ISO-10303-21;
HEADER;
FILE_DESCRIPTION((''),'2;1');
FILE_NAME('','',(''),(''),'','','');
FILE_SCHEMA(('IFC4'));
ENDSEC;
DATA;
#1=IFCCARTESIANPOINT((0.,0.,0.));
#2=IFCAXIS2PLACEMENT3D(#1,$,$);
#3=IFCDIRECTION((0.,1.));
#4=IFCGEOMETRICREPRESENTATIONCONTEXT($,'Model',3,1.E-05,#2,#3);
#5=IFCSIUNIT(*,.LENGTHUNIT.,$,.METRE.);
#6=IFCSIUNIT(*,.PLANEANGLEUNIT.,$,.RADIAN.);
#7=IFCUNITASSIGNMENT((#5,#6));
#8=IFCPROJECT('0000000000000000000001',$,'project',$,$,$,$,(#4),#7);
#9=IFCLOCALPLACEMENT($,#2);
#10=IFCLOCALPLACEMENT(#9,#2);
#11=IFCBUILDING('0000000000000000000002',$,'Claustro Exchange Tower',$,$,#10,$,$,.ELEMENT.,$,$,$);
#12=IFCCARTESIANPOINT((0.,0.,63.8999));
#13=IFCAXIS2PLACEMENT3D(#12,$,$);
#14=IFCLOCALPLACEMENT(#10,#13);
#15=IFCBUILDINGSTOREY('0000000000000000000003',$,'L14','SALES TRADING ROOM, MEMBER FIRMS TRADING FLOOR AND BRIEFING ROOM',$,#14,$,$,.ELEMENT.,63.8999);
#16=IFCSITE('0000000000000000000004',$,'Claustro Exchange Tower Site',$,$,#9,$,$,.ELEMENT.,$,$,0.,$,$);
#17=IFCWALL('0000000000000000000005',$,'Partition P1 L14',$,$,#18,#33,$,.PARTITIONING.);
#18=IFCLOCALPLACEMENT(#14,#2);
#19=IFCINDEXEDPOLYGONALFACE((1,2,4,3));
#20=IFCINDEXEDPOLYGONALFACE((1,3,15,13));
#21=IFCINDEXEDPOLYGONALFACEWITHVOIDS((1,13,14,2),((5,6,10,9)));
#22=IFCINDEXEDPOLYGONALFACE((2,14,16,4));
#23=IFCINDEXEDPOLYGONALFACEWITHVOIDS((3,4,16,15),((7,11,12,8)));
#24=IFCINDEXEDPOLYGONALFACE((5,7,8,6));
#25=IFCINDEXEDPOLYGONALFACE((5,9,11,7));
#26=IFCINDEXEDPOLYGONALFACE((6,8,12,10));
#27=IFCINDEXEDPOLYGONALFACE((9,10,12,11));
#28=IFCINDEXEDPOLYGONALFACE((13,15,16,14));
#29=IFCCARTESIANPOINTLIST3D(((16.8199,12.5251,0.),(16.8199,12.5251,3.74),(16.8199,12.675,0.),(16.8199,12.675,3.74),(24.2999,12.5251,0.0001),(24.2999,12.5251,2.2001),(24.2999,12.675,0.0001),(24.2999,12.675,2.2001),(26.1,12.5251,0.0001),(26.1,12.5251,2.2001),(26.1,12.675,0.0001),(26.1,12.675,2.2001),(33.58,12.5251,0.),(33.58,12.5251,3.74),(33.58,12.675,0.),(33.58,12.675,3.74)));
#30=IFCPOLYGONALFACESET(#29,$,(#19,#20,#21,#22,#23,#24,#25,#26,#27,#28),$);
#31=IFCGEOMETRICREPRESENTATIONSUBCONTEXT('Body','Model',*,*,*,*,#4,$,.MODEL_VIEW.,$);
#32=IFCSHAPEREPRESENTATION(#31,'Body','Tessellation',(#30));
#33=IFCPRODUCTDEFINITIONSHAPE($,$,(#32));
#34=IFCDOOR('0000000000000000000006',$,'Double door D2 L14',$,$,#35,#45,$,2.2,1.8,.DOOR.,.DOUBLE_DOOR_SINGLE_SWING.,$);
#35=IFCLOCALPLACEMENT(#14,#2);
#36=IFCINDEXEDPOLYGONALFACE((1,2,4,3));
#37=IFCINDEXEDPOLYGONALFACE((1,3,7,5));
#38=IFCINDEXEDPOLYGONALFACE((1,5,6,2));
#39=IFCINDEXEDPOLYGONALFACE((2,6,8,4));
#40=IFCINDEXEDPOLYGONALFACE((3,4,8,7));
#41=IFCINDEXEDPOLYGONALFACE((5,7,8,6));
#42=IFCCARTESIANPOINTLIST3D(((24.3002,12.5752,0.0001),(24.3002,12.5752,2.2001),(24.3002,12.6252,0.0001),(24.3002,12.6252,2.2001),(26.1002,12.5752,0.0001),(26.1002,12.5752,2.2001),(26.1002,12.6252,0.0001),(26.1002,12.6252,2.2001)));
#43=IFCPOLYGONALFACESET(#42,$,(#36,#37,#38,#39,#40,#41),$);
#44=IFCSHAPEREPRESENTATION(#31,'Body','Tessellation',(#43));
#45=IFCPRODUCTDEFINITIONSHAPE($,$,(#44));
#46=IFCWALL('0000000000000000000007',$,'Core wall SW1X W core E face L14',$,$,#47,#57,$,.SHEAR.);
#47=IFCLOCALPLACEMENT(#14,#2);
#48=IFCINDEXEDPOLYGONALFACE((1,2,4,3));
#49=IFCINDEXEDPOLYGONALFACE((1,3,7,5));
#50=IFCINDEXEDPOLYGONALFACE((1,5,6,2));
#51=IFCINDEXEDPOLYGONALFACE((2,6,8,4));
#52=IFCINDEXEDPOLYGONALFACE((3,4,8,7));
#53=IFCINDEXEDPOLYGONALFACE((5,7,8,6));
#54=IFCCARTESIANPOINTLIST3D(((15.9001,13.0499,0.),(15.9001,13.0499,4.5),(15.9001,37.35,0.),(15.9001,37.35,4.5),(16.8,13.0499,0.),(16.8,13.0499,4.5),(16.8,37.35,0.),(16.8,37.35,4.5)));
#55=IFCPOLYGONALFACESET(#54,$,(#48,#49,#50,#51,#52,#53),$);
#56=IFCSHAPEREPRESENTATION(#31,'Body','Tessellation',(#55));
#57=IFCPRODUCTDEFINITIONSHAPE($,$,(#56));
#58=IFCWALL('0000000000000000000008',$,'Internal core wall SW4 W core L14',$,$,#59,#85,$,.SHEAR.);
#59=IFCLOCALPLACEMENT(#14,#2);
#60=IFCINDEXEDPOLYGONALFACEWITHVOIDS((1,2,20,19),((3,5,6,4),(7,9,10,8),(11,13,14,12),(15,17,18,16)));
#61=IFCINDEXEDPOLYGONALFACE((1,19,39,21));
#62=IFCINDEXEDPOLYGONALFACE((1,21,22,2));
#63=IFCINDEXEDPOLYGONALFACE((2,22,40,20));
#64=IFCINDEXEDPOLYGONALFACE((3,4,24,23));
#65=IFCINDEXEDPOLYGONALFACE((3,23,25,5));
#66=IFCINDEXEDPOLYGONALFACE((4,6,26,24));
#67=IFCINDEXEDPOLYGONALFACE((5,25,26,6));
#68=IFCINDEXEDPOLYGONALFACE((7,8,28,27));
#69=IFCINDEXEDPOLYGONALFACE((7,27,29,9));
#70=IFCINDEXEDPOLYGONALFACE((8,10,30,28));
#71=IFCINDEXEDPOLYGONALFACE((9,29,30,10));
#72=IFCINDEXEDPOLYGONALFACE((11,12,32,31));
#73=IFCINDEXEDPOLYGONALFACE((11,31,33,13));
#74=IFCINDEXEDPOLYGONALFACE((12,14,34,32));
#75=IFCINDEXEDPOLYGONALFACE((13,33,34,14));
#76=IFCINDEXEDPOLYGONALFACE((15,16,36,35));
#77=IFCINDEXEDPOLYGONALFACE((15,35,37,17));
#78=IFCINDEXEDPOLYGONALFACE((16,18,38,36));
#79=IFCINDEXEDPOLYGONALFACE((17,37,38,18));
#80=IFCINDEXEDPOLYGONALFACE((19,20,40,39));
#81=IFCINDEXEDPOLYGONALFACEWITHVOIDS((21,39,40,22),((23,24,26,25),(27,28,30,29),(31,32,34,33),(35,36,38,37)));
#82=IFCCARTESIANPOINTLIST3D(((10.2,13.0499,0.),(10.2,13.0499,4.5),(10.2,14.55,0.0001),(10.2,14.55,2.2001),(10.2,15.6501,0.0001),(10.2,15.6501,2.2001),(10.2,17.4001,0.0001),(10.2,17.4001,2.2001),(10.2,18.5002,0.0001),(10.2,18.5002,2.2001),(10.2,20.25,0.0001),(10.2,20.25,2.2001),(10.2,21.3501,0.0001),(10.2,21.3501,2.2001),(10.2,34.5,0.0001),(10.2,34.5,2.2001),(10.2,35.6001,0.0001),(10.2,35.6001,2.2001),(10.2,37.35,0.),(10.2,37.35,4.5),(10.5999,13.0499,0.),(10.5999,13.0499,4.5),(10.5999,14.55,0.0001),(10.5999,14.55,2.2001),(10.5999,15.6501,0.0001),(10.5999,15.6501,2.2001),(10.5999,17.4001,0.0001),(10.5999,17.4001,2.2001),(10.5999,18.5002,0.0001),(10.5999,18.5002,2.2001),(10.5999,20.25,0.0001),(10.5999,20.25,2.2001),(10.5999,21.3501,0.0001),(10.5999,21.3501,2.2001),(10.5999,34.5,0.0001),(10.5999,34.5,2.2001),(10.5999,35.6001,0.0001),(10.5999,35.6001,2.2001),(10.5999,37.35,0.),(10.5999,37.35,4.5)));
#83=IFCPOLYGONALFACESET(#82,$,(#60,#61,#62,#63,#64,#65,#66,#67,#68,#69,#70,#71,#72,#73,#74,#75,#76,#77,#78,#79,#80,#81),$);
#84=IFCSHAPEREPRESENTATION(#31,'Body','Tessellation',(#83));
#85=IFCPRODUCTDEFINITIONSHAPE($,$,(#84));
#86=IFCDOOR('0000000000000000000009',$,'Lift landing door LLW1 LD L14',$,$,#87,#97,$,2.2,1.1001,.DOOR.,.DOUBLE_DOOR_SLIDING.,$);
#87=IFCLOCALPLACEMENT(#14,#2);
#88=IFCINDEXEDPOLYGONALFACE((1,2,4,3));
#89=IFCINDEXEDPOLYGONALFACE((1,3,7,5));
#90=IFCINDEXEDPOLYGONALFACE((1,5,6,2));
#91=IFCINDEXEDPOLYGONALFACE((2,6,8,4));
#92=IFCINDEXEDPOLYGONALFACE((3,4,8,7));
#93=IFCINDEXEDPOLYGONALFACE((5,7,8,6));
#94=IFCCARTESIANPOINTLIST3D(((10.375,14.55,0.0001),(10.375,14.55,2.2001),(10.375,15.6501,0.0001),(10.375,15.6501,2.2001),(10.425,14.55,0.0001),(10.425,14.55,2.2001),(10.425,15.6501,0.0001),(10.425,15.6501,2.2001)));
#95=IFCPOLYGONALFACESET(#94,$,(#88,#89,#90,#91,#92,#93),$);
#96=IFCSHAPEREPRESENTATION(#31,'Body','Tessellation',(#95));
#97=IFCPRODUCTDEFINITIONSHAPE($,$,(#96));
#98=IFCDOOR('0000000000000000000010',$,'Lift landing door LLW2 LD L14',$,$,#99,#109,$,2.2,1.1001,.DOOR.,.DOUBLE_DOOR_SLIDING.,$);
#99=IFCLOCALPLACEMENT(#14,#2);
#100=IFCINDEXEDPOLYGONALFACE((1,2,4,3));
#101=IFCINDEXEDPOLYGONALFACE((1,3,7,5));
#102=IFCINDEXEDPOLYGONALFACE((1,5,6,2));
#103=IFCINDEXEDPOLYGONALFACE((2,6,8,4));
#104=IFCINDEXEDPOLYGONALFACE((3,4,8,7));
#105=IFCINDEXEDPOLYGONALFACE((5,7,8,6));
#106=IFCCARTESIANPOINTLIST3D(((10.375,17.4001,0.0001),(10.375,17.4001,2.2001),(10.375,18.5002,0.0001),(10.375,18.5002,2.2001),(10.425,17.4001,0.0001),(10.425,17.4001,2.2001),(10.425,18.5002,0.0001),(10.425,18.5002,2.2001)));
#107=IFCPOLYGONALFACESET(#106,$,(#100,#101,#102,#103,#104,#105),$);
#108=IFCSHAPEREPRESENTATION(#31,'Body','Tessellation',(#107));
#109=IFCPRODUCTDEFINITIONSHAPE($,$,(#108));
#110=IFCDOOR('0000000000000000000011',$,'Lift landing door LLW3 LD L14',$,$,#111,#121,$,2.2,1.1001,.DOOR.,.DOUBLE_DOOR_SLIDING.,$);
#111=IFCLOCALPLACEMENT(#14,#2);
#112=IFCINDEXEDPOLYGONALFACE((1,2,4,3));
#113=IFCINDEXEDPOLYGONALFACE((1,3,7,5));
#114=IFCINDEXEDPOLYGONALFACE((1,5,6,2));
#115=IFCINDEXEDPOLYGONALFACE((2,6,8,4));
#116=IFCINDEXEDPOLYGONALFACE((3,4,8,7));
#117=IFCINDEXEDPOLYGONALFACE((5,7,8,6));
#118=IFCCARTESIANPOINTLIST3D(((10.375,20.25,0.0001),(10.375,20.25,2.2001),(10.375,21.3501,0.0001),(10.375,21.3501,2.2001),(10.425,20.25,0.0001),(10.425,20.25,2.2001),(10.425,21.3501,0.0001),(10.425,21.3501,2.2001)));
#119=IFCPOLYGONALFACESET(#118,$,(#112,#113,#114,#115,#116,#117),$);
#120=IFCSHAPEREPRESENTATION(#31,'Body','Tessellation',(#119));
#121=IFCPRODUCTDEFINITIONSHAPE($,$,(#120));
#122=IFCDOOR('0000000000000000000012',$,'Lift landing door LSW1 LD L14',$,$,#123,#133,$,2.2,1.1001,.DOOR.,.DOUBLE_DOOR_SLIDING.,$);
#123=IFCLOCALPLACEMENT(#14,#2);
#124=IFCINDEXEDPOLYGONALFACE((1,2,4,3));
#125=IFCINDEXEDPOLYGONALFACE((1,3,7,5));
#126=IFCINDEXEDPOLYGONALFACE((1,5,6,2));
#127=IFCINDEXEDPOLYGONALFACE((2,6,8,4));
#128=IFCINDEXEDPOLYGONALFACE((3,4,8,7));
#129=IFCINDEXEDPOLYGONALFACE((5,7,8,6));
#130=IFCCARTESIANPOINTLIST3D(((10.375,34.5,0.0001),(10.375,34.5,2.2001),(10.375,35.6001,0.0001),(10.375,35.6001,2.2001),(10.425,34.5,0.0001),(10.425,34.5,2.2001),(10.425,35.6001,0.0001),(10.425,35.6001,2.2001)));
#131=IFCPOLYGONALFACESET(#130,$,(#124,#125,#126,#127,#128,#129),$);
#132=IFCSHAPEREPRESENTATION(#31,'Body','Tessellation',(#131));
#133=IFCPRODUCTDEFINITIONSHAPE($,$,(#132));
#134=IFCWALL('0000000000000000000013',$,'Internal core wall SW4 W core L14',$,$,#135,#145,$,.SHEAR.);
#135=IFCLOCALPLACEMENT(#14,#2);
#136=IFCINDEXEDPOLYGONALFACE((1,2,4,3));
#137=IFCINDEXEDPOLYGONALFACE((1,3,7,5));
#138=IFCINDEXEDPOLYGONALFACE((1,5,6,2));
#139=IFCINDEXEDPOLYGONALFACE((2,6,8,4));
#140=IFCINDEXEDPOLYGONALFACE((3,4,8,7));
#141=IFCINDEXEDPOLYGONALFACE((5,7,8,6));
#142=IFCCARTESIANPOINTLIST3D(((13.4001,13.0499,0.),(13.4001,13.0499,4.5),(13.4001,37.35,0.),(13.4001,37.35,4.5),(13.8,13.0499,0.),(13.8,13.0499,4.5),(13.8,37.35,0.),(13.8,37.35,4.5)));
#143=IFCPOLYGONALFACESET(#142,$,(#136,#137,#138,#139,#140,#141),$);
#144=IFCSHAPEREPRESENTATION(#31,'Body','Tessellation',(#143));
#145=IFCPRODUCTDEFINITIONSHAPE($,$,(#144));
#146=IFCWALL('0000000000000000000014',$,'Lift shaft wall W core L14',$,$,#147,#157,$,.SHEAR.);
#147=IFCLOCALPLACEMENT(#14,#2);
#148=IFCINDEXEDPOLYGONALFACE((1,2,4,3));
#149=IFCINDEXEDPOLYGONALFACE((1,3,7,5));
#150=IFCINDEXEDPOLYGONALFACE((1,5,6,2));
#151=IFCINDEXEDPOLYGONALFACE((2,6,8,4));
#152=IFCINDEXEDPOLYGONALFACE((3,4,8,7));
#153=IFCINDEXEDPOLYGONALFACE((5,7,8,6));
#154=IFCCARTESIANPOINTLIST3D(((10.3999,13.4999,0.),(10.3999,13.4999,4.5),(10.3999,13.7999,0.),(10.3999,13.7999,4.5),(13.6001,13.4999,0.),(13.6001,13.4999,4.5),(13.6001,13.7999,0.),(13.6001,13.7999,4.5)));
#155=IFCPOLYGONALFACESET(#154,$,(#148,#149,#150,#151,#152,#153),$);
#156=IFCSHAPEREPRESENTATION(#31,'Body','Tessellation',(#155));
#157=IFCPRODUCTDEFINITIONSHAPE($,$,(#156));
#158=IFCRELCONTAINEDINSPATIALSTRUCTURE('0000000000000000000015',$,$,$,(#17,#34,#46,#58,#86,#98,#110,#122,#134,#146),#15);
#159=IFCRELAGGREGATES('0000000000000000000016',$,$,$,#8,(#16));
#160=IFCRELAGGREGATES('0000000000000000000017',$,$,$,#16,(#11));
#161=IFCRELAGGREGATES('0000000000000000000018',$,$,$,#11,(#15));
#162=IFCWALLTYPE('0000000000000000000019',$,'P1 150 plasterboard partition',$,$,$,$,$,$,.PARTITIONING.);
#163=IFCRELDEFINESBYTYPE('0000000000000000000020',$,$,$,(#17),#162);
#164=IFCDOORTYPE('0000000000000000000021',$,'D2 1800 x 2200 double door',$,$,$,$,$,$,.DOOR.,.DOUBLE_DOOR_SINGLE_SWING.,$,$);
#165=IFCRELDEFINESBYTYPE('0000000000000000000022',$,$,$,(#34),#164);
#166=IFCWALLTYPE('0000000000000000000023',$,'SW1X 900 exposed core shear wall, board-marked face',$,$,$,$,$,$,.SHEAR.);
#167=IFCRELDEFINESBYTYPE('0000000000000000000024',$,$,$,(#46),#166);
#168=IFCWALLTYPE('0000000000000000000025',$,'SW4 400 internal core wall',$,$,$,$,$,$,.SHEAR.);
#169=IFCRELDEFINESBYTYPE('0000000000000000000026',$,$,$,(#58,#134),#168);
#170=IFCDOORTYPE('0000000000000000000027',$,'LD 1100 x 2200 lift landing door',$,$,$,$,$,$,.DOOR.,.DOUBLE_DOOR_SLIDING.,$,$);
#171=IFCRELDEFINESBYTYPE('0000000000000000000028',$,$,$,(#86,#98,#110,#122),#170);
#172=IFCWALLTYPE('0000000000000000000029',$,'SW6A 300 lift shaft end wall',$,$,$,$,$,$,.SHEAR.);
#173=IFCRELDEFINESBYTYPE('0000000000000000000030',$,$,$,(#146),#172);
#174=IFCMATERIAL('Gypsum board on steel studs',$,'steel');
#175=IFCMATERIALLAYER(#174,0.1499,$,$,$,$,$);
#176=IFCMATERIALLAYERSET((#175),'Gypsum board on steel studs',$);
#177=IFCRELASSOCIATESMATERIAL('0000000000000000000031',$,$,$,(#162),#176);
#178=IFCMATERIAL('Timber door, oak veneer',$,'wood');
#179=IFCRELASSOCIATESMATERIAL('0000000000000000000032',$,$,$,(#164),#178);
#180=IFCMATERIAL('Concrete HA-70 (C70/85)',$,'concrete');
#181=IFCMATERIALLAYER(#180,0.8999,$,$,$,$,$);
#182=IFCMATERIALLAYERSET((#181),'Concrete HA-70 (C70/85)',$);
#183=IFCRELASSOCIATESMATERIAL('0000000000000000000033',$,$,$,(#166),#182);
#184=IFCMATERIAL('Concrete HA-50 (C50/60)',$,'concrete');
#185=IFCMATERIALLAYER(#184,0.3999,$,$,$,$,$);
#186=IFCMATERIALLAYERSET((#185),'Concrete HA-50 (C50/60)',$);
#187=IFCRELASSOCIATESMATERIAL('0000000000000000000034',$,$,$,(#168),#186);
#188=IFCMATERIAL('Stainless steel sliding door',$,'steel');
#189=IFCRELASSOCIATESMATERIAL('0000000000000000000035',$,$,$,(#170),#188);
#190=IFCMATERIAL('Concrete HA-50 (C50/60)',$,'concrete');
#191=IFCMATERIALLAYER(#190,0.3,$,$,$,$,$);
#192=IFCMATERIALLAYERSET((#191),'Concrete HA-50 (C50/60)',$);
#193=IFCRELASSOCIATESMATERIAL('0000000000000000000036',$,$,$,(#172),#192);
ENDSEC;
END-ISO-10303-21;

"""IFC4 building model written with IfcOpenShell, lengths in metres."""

from ifc_helpers import new_model, si_unit, direction, frame, frame_2d, origin, place, context, subcontext, project, spatial, rectangle, extrude, material, layer, layer_set, type_object, element, fill, save


model = new_model("IFC4")

# Units and contexts
model_context = context("Model", 3, precision=1e-05, world=origin(), true_north=direction((0.0, 1.0)))
body_context = subcontext(model_context, "Body", "Model", "MODEL_VIEW")
ifc_project = project(units=[si_unit("LENGTHUNIT", "METRE"), si_unit("PLANEANGLEUNIT", "RADIAN")], contexts=[model_context])

# Site, building, storey
site_placement = place(None, origin())
site = spatial("IfcSite", under=ifc_project, at=site_placement, Name="Claustro Exchange Tower Site", CompositionType="ELEMENT", RefElevation=0.0)
building_placement = place(site_placement, origin())
building = spatial("IfcBuilding", under=site, at=building_placement, Name="Claustro Exchange Tower", CompositionType="ELEMENT")
storey_placement = place(building_placement, frame((0.0, 0.0, 63.8999)))
storey = spatial("IfcBuildingStorey", under=building, at=storey_placement, Name="L14", Description="SALES TRADING ROOM, MEMBER FIRMS TRADING FLOOR AND BRIEFING ROOM", CompositionType="ELEMENT", Elevation=63.8999)

# Shared definitions
ifc_material_1 = material(Name="Gypsum board on steel studs", Category="steel")
ifc_layer_1 = layer(ifc_material_1, 0.1499)
ifc_layer_set_1 = layer_set([ifc_layer_1], Name="Gypsum board on steel studs")
wall_type_1 = type_object("IfcWallType", Name="P1 150 plasterboard partition", PredefinedType="PARTITIONING", material=ifc_layer_set_1)

# Wall, opening, door
wall_1_placement = place(storey_placement, frame((16.8201, 12.6001, 0.0), z_axis=(0.0, 0.0, 1.0), x_axis=(1.0, 0.0, 0.0)))
wall_1 = element("IfcWall", 1, at=wall_1_placement, inside=storey, type_object=wall_type_1, Name="Partition P1 L14", PredefinedType="PARTITIONING", context=body_context, shape_type="SweptSolid", body=[
    extrude(rectangle(XDim=16.76, YDim=0.1499, at=frame_2d((8.3799, 0.0))), origin(), (0.0, 0.0, 1.0), 3.74),
])
opening_1_placement = place(wall_1_placement, frame((7.48, 0.0, 0.0)))
opening_1 = element("IfcOpeningElement", 2, at=opening_1_placement, cuts=wall_1, PredefinedType="OPENING", context=body_context, shape_type="SweptSolid", body=[
    extrude(rectangle(XDim=1.8, YDim=2.2, at=frame_2d((0.8999, 1.1001))), frame((0.0, 0.085, 0.0), z_axis=(0.0, -1.0, 0.0), x_axis=(1.0, 0.0, 0.0)), (0.0, 0.0, 1.0), 0.1699),
])
ifc_material_2 = material(Name="Timber door, oak veneer", Category="wood")
door_type_1 = type_object("IfcDoorType", Name="D2 1800 x 2200 double door", OperationType="DOUBLE_DOOR_SINGLE_SWING", PredefinedType="DOOR", material=ifc_material_2)
door_1_placement = place(opening_1_placement, frame((1.8, 0.0, 0.0), z_axis=(0.0, 0.0, 1.0), x_axis=(-1.0, 0.0, 0.0)))
door_1 = element("IfcDoor", 3, at=door_1_placement, inside=storey, type_object=door_type_1, Name="Double door D2 L14", OperationType="DOUBLE_DOOR_SINGLE_SWING", OverallHeight=2.2, OverallWidth=1.8, PredefinedType="DOOR", context=body_context, shape_type="SweptSolid", body=[
    extrude(rectangle(XDim=1.8, YDim=2.2, at=frame_2d((0.8999, 1.1001))), frame((0.0, 0.0249, 0.0), z_axis=(0.0, -1.0, 0.0), x_axis=(1.0, 0.0, 0.0)), (0.0, 0.0, 1.0), 0.05),
])
fill(opening_1, door_1)

# Wall
ifc_material_3 = material(Name="Concrete HA-70 (C70/85)", Category="concrete")
ifc_layer_2 = layer(ifc_material_3, 0.8999)
ifc_layer_set_2 = layer_set([ifc_layer_2], Name="Concrete HA-70 (C70/85)")
wall_type_2 = type_object("IfcWallType", Name="SW1X 900 exposed core shear wall, board-marked face", PredefinedType="SHEAR", material=ifc_layer_set_2)
wall_2_placement = place(storey_placement, frame((16.3501, 13.05, 0.0), z_axis=(0.0, 0.0, 1.0), x_axis=(0.0, 1.0, 0.0)))
element("IfcWall", 4, at=wall_2_placement, inside=storey, type_object=wall_type_2, Name="Core wall SW1X W core E face L14", PredefinedType="SHEAR", context=body_context, shape_type="SweptSolid", body=[
    extrude(rectangle(XDim=24.3, YDim=0.8999, at=frame_2d((12.1499, 0.0))), origin(), (0.0, 0.0, 1.0), 4.5),
])

# Wall, openings, doors
ifc_material_4 = material(Name="Concrete HA-50 (C50/60)", Category="concrete")
ifc_layer_3 = layer(ifc_material_4, 0.3999)
ifc_layer_set_3 = layer_set([ifc_layer_3], Name="Concrete HA-50 (C50/60)")
wall_type_3 = type_object("IfcWallType", Name="SW4 400 internal core wall", PredefinedType="SHEAR", material=ifc_layer_set_3)
wall_3_placement = place(storey_placement, frame((10.3999, 13.05, 0.0), z_axis=(0.0, 0.0, 1.0), x_axis=(0.0, 1.0, 0.0)))
wall_3 = element("IfcWall", 5, at=wall_3_placement, inside=storey, type_object=wall_type_3, Name="Internal core wall SW4 W core L14", PredefinedType="SHEAR", context=body_context, shape_type="SweptSolid", body=[
    extrude(rectangle(XDim=24.3, YDim=0.3999, at=frame_2d((12.1499, 0.0))), origin(), (0.0, 0.0, 1.0), 4.5),
])
opening_2_placement = place(wall_3_placement, frame((1.5, 0.0, 0.0)))
opening_2 = element("IfcOpeningElement", 6, at=opening_2_placement, cuts=wall_3, PredefinedType="OPENING", context=body_context, shape_type="SweptSolid", body=[
    extrude(rectangle(XDim=1.1001, YDim=2.2, at=frame_2d((0.55, 1.1001))), frame((0.0, 0.21, 0.0), z_axis=(0.0, -1.0, 0.0), x_axis=(1.0, 0.0, 0.0)), (0.0, 0.0, 1.0), 0.4199),
])
opening_3_placement = place(wall_3_placement, frame((4.3501, 0.0, 0.0)))
opening_3 = element("IfcOpeningElement", 7, at=opening_3_placement, cuts=wall_3, PredefinedType="OPENING", context=body_context, shape_type="SweptSolid", body=[
    extrude(rectangle(XDim=1.1001, YDim=2.2, at=frame_2d((0.55, 1.1001))), frame((0.0, 0.21, 0.0), z_axis=(0.0, -1.0, 0.0), x_axis=(1.0, 0.0, 0.0)), (0.0, 0.0, 1.0), 0.4199),
])
opening_4_placement = place(wall_3_placement, frame((7.2, 0.0, 0.0)))
opening_4 = element("IfcOpeningElement", 8, at=opening_4_placement, cuts=wall_3, PredefinedType="OPENING", context=body_context, shape_type="SweptSolid", body=[
    extrude(rectangle(XDim=1.1001, YDim=2.2, at=frame_2d((0.55, 1.1001))), frame((0.0, 0.21, 0.0), z_axis=(0.0, -1.0, 0.0), x_axis=(1.0, 0.0, 0.0)), (0.0, 0.0, 1.0), 0.4199),
])
opening_5_placement = place(wall_3_placement, frame((21.45, 0.0, 0.0)))
opening_5 = element("IfcOpeningElement", 9, at=opening_5_placement, cuts=wall_3, PredefinedType="OPENING", context=body_context, shape_type="SweptSolid", body=[
    extrude(rectangle(XDim=1.1001, YDim=2.2, at=frame_2d((0.55, 1.1001))), frame((0.0, 0.21, 0.0), z_axis=(0.0, -1.0, 0.0), x_axis=(1.0, 0.0, 0.0)), (0.0, 0.0, 1.0), 0.4199),
])
ifc_material_5 = material(Name="Stainless steel sliding door", Category="steel")
door_type_2 = type_object("IfcDoorType", Name="LD 1100 x 2200 lift landing door", OperationType="DOUBLE_DOOR_SLIDING", PredefinedType="DOOR", material=ifc_material_5)
door_2_placement = place(opening_2_placement, origin())
door_2 = element("IfcDoor", 10, at=door_2_placement, inside=storey, type_object=door_type_2, Name="Lift landing door LLW1 LD L14", OperationType="DOUBLE_DOOR_SLIDING", OverallHeight=2.2, OverallWidth=1.1001, PredefinedType="DOOR", context=body_context, shape_type="SweptSolid", body=[
    extrude(rectangle(XDim=1.1001, YDim=2.2, at=frame_2d((0.55, 1.1001))), frame((0.0, 0.0249, 0.0), z_axis=(0.0, -1.0, 0.0), x_axis=(1.0, 0.0, 0.0)), (0.0, 0.0, 1.0), 0.05),
])
fill(opening_2, door_2)
door_3_placement = place(opening_3_placement, origin())
door_3 = element("IfcDoor", 11, at=door_3_placement, inside=storey, type_object=door_type_2, Name="Lift landing door LLW2 LD L14", OperationType="DOUBLE_DOOR_SLIDING", OverallHeight=2.2, OverallWidth=1.1001, PredefinedType="DOOR", context=body_context, shape_type="SweptSolid", body=[
    extrude(rectangle(XDim=1.1001, YDim=2.2, at=frame_2d((0.55, 1.1001))), frame((0.0, 0.0249, 0.0), z_axis=(0.0, -1.0, 0.0), x_axis=(1.0, 0.0, 0.0)), (0.0, 0.0, 1.0), 0.05),
])
fill(opening_3, door_3)
door_4_placement = place(opening_4_placement, origin())
door_4 = element("IfcDoor", 12, at=door_4_placement, inside=storey, type_object=door_type_2, Name="Lift landing door LLW3 LD L14", OperationType="DOUBLE_DOOR_SLIDING", OverallHeight=2.2, OverallWidth=1.1001, PredefinedType="DOOR", context=body_context, shape_type="SweptSolid", body=[
    extrude(rectangle(XDim=1.1001, YDim=2.2, at=frame_2d((0.55, 1.1001))), frame((0.0, 0.0249, 0.0), z_axis=(0.0, -1.0, 0.0), x_axis=(1.0, 0.0, 0.0)), (0.0, 0.0, 1.0), 0.05),
])
fill(opening_4, door_4)
door_5_placement = place(opening_5_placement, origin())
door_5 = element("IfcDoor", 13, at=door_5_placement, inside=storey, type_object=door_type_2, Name="Lift landing door LSW1 LD L14", OperationType="DOUBLE_DOOR_SLIDING", OverallHeight=2.2, OverallWidth=1.1001, PredefinedType="DOOR", context=body_context, shape_type="SweptSolid", body=[
    extrude(rectangle(XDim=1.1001, YDim=2.2, at=frame_2d((0.55, 1.1001))), frame((0.0, 0.0249, 0.0), z_axis=(0.0, -1.0, 0.0), x_axis=(1.0, 0.0, 0.0)), (0.0, 0.0, 1.0), 0.05),
])
fill(opening_5, door_5)

# Walls
wall_4_placement = place(storey_placement, frame((13.6001, 13.05, 0.0), z_axis=(0.0, 0.0, 1.0), x_axis=(0.0, 1.0, 0.0)))
element("IfcWall", 14, at=wall_4_placement, inside=storey, type_object=wall_type_3, Name="Internal core wall SW4 W core L14", PredefinedType="SHEAR", context=body_context, shape_type="SweptSolid", body=[
    extrude(rectangle(XDim=24.3, YDim=0.3999, at=frame_2d((12.1499, 0.0))), origin(), (0.0, 0.0, 1.0), 4.5),
])
ifc_material_6 = material(Name="Concrete HA-50 (C50/60)", Category="concrete")
ifc_layer_4 = layer(ifc_material_6, 0.3)
ifc_layer_set_4 = layer_set([ifc_layer_4], Name="Concrete HA-50 (C50/60)")
wall_type_4 = type_object("IfcWallType", Name="SW6A 300 lift shaft end wall", PredefinedType="SHEAR", material=ifc_layer_set_4)
wall_5_placement = place(storey_placement, frame((10.3999, 13.6499, 0.0), z_axis=(0.0, 0.0, 1.0), x_axis=(1.0, 0.0, 0.0)))
element("IfcWall", 15, at=wall_5_placement, inside=storey, type_object=wall_type_4, Name="Lift shaft wall W core L14", PredefinedType="SHEAR", context=body_context, shape_type="SweptSolid", body=[
    extrude(rectangle(XDim=3.2002, YDim=0.3, at=frame_2d((1.6001, 0.0))), origin(), (0.0, 0.0, 1.0), 4.5),
])

save(model, "model.ifc")
